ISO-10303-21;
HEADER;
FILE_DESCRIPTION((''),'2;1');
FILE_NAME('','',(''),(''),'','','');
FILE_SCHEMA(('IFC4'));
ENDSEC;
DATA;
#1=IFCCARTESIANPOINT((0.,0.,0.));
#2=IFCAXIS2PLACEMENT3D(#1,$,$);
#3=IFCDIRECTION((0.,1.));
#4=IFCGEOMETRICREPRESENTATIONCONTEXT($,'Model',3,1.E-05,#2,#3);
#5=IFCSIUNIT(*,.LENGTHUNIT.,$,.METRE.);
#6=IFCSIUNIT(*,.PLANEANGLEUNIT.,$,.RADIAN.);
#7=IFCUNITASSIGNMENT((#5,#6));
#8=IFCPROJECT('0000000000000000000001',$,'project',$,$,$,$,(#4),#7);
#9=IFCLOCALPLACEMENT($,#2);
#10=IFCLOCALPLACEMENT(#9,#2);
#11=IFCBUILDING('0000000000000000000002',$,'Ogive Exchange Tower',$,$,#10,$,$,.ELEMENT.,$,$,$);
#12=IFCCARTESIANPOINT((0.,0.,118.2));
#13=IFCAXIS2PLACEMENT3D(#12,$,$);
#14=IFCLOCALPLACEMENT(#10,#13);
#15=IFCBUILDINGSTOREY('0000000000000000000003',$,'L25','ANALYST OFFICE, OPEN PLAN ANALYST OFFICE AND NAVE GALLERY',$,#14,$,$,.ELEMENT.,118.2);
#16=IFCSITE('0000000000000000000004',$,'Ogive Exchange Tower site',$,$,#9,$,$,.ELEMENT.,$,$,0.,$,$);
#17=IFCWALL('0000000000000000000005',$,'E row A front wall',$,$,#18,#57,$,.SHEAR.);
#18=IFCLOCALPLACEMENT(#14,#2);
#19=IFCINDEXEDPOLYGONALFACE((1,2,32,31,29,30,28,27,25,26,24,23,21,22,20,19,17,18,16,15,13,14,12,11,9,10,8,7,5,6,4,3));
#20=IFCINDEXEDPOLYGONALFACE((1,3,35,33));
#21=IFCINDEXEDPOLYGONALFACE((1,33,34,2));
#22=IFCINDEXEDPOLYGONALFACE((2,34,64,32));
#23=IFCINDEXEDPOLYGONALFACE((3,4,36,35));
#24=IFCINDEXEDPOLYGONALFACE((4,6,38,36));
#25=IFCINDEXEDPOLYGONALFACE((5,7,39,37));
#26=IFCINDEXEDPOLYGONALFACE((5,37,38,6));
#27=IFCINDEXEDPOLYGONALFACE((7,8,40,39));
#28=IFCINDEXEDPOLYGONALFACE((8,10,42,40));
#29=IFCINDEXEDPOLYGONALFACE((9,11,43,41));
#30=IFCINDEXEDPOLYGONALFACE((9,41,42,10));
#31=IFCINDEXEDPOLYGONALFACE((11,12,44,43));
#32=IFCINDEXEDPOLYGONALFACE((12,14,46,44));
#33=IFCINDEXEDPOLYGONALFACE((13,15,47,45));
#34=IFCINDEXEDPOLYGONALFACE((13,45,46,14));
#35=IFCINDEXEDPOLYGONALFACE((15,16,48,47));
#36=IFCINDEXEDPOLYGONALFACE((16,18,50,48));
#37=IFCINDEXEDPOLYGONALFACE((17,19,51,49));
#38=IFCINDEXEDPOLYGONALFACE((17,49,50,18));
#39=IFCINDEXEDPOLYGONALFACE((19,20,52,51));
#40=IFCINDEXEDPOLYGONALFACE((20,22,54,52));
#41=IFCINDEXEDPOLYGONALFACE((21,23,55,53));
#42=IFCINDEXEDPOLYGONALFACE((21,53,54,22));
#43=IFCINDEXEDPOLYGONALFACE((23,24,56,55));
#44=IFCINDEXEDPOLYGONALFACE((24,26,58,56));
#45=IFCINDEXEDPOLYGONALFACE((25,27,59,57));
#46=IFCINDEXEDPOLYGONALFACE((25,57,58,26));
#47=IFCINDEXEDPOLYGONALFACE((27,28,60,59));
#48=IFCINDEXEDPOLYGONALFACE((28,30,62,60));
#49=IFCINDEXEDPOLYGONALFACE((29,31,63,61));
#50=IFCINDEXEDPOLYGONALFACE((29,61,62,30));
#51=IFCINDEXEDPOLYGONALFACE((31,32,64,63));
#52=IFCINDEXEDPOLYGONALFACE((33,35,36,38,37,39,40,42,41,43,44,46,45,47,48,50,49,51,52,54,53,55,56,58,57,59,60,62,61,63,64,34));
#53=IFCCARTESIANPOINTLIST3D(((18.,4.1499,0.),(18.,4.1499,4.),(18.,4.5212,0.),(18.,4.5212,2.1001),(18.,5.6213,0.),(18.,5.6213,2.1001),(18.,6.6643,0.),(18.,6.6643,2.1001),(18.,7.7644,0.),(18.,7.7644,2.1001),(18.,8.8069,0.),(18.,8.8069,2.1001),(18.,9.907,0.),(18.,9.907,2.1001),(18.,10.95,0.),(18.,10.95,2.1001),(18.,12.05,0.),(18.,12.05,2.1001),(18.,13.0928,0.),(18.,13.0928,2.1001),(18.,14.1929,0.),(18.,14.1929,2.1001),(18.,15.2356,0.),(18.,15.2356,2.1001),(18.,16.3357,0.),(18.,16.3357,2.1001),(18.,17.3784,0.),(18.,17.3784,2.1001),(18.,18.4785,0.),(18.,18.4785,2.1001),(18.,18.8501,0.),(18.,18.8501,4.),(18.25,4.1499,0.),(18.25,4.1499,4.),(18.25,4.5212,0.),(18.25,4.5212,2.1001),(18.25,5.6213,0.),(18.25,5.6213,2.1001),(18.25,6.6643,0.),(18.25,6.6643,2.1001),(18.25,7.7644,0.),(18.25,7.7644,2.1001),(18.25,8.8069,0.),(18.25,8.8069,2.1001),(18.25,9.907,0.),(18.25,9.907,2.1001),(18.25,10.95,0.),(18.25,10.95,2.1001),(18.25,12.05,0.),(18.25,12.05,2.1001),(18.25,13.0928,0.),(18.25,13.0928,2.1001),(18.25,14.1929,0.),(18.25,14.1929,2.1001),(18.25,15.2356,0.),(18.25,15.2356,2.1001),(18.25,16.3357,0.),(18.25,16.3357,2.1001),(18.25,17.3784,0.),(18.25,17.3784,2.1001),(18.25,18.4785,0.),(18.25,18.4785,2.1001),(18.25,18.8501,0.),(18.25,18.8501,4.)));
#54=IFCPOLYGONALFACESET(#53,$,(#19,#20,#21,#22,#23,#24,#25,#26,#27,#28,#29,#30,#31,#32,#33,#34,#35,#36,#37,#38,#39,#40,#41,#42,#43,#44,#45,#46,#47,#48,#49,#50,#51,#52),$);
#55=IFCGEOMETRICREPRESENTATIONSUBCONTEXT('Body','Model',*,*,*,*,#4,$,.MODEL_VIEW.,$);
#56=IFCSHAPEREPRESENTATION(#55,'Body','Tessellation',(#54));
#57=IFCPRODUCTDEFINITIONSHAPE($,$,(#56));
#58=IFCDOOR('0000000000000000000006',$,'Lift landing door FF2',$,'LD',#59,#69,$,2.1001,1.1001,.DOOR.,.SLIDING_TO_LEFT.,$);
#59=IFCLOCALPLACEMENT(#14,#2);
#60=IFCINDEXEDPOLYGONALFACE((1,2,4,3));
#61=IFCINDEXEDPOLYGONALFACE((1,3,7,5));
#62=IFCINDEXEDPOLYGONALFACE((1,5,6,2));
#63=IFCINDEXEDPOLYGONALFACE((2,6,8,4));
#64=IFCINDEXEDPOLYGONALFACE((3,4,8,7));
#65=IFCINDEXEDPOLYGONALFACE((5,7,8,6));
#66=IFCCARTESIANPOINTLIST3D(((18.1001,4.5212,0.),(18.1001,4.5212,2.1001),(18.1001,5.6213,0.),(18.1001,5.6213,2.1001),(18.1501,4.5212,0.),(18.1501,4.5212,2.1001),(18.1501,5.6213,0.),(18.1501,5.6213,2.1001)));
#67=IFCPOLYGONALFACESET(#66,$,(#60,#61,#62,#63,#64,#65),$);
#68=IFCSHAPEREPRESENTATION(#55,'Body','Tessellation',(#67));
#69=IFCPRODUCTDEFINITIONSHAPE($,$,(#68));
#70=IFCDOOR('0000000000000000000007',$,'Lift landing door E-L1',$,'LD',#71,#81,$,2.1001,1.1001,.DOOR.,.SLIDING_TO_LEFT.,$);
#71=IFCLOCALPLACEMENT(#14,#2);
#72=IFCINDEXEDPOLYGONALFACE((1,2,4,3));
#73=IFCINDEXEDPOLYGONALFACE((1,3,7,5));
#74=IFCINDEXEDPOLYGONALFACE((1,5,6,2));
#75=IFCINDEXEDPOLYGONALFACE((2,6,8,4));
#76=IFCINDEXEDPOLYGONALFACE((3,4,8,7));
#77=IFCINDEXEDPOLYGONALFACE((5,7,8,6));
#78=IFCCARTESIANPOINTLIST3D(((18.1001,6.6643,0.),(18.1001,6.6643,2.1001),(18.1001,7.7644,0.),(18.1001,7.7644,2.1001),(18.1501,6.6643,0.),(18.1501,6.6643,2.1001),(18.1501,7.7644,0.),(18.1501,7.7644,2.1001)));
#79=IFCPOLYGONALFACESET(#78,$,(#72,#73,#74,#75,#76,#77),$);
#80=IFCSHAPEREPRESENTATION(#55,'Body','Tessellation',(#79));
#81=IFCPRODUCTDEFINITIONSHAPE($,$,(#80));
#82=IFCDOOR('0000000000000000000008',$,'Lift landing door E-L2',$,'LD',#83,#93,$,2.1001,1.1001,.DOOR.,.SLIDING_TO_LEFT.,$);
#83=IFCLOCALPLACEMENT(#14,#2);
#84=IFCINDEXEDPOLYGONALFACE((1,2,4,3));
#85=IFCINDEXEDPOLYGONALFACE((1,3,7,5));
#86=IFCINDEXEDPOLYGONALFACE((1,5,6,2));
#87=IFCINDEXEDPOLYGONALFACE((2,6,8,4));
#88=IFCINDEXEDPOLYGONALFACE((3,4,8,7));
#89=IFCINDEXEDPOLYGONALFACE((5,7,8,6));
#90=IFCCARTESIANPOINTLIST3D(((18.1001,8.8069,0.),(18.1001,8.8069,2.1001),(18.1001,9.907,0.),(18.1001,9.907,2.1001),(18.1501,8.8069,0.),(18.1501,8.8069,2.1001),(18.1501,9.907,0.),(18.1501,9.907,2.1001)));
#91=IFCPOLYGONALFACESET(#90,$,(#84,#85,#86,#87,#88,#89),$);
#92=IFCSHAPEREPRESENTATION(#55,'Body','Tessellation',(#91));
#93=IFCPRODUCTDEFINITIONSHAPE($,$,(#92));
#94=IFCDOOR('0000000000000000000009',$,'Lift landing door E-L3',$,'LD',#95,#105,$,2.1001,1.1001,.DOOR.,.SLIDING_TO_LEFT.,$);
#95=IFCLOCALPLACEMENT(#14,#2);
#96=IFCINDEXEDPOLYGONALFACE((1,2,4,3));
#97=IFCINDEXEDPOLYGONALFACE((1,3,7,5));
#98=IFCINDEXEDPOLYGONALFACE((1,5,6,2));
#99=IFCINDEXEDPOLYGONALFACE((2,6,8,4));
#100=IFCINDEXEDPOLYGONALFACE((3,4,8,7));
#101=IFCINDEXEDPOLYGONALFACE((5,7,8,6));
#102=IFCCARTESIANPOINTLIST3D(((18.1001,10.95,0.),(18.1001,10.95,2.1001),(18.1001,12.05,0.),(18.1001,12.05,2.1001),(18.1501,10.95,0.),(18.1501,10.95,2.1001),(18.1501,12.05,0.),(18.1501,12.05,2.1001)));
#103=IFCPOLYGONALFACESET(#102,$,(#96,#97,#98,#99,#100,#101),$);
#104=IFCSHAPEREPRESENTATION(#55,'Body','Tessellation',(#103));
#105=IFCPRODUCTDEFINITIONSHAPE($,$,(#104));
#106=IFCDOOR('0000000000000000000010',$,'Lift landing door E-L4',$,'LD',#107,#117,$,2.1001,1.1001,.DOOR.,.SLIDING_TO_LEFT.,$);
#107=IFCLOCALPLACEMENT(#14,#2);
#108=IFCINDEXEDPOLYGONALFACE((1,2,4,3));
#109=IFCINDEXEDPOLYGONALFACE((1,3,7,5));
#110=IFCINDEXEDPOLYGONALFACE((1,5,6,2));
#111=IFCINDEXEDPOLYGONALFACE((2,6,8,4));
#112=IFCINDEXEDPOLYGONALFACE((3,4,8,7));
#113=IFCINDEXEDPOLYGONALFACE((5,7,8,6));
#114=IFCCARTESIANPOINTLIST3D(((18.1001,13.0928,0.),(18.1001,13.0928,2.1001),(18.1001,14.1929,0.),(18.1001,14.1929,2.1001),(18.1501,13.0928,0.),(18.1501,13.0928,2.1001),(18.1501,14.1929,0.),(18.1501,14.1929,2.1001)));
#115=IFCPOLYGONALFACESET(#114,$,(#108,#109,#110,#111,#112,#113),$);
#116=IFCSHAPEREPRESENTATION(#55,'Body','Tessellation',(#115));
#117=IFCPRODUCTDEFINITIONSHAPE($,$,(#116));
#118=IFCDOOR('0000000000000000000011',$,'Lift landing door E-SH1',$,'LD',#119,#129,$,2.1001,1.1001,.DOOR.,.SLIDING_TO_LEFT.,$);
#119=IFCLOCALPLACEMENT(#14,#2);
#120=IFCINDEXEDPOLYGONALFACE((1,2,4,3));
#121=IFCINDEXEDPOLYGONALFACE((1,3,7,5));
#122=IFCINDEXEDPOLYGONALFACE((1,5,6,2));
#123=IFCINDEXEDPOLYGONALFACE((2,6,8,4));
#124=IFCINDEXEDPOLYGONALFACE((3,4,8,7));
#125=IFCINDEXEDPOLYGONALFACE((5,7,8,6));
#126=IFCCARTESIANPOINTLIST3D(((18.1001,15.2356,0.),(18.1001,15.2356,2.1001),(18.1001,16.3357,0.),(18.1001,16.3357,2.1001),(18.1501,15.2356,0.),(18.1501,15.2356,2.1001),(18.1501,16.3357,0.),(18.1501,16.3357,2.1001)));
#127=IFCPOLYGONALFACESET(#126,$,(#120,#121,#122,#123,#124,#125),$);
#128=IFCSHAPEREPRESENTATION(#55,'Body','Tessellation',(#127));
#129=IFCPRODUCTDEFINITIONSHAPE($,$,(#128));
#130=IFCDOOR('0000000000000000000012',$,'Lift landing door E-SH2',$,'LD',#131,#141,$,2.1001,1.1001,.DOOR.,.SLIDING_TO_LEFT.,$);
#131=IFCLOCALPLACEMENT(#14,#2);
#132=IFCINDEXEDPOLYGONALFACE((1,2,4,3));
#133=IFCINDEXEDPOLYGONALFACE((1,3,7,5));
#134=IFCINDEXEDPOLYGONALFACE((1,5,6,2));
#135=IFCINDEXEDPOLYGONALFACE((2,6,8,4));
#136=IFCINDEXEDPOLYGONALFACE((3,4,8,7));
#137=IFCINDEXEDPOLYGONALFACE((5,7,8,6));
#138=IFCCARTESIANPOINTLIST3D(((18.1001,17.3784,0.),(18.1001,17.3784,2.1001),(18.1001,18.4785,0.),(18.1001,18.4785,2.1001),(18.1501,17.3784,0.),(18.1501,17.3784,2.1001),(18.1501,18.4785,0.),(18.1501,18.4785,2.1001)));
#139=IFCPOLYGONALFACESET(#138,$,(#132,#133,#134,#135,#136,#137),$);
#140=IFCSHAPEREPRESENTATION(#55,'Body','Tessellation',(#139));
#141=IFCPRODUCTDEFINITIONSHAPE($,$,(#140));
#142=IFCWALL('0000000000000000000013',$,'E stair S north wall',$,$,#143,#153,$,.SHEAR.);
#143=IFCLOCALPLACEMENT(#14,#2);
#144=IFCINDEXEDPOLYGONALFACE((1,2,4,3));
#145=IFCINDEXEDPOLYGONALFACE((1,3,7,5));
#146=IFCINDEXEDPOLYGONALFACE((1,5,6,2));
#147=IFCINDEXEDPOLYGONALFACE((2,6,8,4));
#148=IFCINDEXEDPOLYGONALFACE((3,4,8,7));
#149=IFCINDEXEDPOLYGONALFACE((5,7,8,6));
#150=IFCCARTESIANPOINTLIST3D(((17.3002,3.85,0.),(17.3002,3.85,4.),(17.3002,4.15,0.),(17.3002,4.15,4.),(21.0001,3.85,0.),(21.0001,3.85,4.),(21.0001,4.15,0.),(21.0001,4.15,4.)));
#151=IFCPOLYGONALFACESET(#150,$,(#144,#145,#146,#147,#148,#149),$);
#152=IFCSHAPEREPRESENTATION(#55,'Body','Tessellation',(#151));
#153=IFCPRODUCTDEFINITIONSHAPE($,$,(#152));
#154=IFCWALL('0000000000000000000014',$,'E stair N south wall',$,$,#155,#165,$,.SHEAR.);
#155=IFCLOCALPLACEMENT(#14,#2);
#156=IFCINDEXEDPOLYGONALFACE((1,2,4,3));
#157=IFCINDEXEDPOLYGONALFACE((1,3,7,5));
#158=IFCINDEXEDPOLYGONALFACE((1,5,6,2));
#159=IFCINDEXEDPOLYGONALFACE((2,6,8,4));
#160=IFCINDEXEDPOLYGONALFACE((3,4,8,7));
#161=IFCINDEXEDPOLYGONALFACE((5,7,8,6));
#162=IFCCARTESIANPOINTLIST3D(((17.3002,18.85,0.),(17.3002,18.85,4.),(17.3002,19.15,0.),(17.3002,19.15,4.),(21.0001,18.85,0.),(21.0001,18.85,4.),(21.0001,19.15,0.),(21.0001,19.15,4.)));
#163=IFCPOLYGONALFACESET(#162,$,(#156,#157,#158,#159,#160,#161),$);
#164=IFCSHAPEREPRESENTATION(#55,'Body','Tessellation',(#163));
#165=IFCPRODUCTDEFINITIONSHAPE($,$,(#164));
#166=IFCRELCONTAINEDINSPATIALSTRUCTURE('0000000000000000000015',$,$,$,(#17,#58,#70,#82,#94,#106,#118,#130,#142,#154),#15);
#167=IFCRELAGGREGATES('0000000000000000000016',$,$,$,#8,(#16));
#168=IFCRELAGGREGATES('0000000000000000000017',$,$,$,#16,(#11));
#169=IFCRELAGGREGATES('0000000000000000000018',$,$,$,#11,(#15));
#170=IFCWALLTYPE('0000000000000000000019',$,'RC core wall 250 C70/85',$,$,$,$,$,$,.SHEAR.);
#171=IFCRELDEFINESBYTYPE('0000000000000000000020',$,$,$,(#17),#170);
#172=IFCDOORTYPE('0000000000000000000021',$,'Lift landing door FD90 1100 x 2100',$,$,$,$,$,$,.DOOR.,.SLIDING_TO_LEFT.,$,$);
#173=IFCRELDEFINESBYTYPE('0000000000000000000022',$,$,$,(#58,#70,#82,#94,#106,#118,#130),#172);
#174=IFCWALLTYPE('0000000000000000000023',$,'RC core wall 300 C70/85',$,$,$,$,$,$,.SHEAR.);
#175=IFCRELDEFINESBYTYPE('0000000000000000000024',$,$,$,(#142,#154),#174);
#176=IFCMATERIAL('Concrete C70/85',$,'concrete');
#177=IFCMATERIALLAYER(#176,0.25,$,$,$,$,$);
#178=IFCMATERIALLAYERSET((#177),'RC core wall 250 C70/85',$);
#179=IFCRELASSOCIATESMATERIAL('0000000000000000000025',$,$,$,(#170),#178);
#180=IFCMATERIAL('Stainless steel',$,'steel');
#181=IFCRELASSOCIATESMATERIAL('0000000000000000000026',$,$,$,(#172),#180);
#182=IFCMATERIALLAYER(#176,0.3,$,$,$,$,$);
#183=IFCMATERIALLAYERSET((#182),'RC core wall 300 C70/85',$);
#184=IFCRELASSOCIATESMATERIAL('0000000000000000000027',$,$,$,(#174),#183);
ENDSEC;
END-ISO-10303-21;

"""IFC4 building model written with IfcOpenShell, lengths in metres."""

from ifc_helpers import new_model, si_unit, direction, frame, frame_2d, origin, place, context, subcontext, project, spatial, rectangle, extrude, material, layer, layer_set, type_object, element, fill, save


model = new_model("IFC4")

# Units and contexts
model_context = context("Model", 3, precision=1e-05, world=origin(), true_north=direction((0.0, 1.0)))
body_context = subcontext(model_context, "Body", "Model", "MODEL_VIEW")
ifc_project = project(units=[si_unit("LENGTHUNIT", "METRE"), si_unit("PLANEANGLEUNIT", "RADIAN")], contexts=[model_context])

# Site, building, storey
site_placement = place(None, origin())
site = spatial("IfcSite", under=ifc_project, at=site_placement, Name="Ogive Exchange Tower site", CompositionType="ELEMENT", RefElevation=0.0)
building_placement = place(site_placement, origin())
building = spatial("IfcBuilding", under=site, at=building_placement, Name="Ogive Exchange Tower", CompositionType="ELEMENT")
storey_placement = place(building_placement, frame((0.0, 0.0, 118.2)))
storey = spatial("IfcBuildingStorey", under=building, at=storey_placement, Name="L25", Description="ANALYST OFFICE, OPEN PLAN ANALYST OFFICE AND NAVE GALLERY", CompositionType="ELEMENT", Elevation=118.2)

# Shared definitions
ifc_material_1 = material(Name="Concrete C70/85", Category="concrete")
ifc_layer_1 = layer(ifc_material_1, 0.25)
ifc_layer_set_1 = layer_set([ifc_layer_1], Name="RC core wall 250 C70/85")
wall_type_1 = type_object("IfcWallType", Name="RC core wall 250 C70/85", PredefinedType="SHEAR", material=ifc_layer_set_1)

# Wall, openings, doors
wall_1_placement = place(storey_placement, frame((18.125, 4.1499, 0.0), z_axis=(0.0, 0.0, 1.0), x_axis=(0.0, 1.0, 0.0)))
wall_1 = element("IfcWall", 1, at=wall_1_placement, inside=storey, type_object=wall_type_1, Name="E row A front wall", PredefinedType="SHEAR", context=body_context, shape_type="SweptSolid", body=[
    extrude(rectangle(XDim=14.7002, YDim=0.25, at=frame_2d((7.3501, 0.0))), origin(), (0.0, 0.0, 1.0), 4.0),
])
opening_1_placement = place(wall_1_placement, frame((0.3713, 0.0, 0.0)))
opening_1 = element("IfcOpeningElement", 2, at=opening_1_placement, cuts=wall_1, PredefinedType="OPENING", context=body_context, shape_type="SweptSolid", body=[
    extrude(rectangle(XDim=1.1001, YDim=2.1001, at=frame_2d((0.55, 1.05))), frame((0.0, 0.135, 0.0), z_axis=(0.0, -1.0, 0.0), x_axis=(1.0, 0.0, 0.0)), (0.0, 0.0, 1.0), 0.27),
])
opening_2_placement = place(wall_1_placement, frame((2.5144, 0.0, 0.0)))
opening_2 = element("IfcOpeningElement", 3, at=opening_2_placement, cuts=wall_1, PredefinedType="OPENING", context=body_context, shape_type="SweptSolid", body=[
    extrude(rectangle(XDim=1.1001, YDim=2.1001, at=frame_2d((0.55, 1.05))), frame((0.0, 0.135, 0.0), z_axis=(0.0, -1.0, 0.0), x_axis=(1.0, 0.0, 0.0)), (0.0, 0.0, 1.0), 0.27),
])
opening_3_placement = place(wall_1_placement, frame((4.657, 0.0, 0.0)))
opening_3 = element("IfcOpeningElement", 4, at=opening_3_placement, cuts=wall_1, PredefinedType="OPENING", context=body_context, shape_type="SweptSolid", body=[
    extrude(rectangle(XDim=1.1001, YDim=2.1001, at=frame_2d((0.55, 1.05))), frame((0.0, 0.135, 0.0), z_axis=(0.0, -1.0, 0.0), x_axis=(1.0, 0.0, 0.0)), (0.0, 0.0, 1.0), 0.27),
])
opening_4_placement = place(wall_1_placement, frame((6.8, 0.0, 0.0)))
opening_4 = element("IfcOpeningElement", 5, at=opening_4_placement, cuts=wall_1, PredefinedType="OPENING", context=body_context, shape_type="SweptSolid", body=[
    extrude(rectangle(XDim=1.1001, YDim=2.1001, at=frame_2d((0.55, 1.05))), frame((0.0, 0.135, 0.0), z_axis=(0.0, -1.0, 0.0), x_axis=(1.0, 0.0, 0.0)), (0.0, 0.0, 1.0), 0.27),
])
opening_5_placement = place(wall_1_placement, frame((8.9429, 0.0, 0.0)))
opening_5 = element("IfcOpeningElement", 6, at=opening_5_placement, cuts=wall_1, PredefinedType="OPENING", context=body_context, shape_type="SweptSolid", body=[
    extrude(rectangle(XDim=1.1001, YDim=2.1001, at=frame_2d((0.55, 1.05))), frame((0.0, 0.135, 0.0), z_axis=(0.0, -1.0, 0.0), x_axis=(1.0, 0.0, 0.0)), (0.0, 0.0, 1.0), 0.27),
])
opening_6_placement = place(wall_1_placement, frame((11.0857, 0.0, 0.0)))
opening_6 = element("IfcOpeningElement", 7, at=opening_6_placement, cuts=wall_1, PredefinedType="OPENING", context=body_context, shape_type="SweptSolid", body=[
    extrude(rectangle(XDim=1.1001, YDim=2.1001, at=frame_2d((0.55, 1.05))), frame((0.0, 0.135, 0.0), z_axis=(0.0, -1.0, 0.0), x_axis=(1.0, 0.0, 0.0)), (0.0, 0.0, 1.0), 0.27),
])
opening_7_placement = place(wall_1_placement, frame((13.2285, 0.0, 0.0)))
opening_7 = element("IfcOpeningElement", 8, at=opening_7_placement, cuts=wall_1, PredefinedType="OPENING", context=body_context, shape_type="SweptSolid", body=[
    extrude(rectangle(XDim=1.1001, YDim=2.1001, at=frame_2d((0.55, 1.05))), frame((0.0, 0.135, 0.0), z_axis=(0.0, -1.0, 0.0), x_axis=(1.0, 0.0, 0.0)), (0.0, 0.0, 1.0), 0.27),
])
ifc_material_2 = material(Name="Stainless steel", Category="steel")
door_type_1 = type_object("IfcDoorType", Name="Lift landing door FD90 1100 x 2100", OperationType="SLIDING_TO_LEFT", PredefinedType="DOOR", material=ifc_material_2)
door_1_placement = place(opening_1_placement, origin())
door_1 = element("IfcDoor", 9, at=door_1_placement, inside=storey, type_object=door_type_1, Name="Lift landing door FF2", ObjectType="LD", OperationType="SLIDING_TO_LEFT", OverallHeight=2.1001, OverallWidth=1.1001, PredefinedType="DOOR", context=body_context, shape_type="SweptSolid", body=[
    extrude(rectangle(XDim=1.1001, YDim=2.1001, at=frame_2d((0.55, 1.05))), frame((0.0, 0.0249, 0.0), z_axis=(0.0, -1.0, 0.0), x_axis=(1.0, 0.0, 0.0)), (0.0, 0.0, 1.0), 0.05),
])
fill(opening_1, door_1)
door_2_placement = place(opening_2_placement, origin())
door_2 = element("IfcDoor", 10, at=door_2_placement, inside=storey, type_object=door_type_1, Name="Lift landing door E-L1", ObjectType="LD", OperationType="SLIDING_TO_LEFT", OverallHeight=2.1001, OverallWidth=1.1001, PredefinedType="DOOR", context=body_context, shape_type="SweptSolid", body=[
    extrude(rectangle(XDim=1.1001, YDim=2.1001, at=frame_2d((0.55, 1.05))), frame((0.0, 0.0249, 0.0), z_axis=(0.0, -1.0, 0.0), x_axis=(1.0, 0.0, 0.0)), (0.0, 0.0, 1.0), 0.05),
])
fill(opening_2, door_2)
door_3_placement = place(opening_3_placement, origin())
door_3 = element("IfcDoor", 11, at=door_3_placement, inside=storey, type_object=door_type_1, Name="Lift landing door E-L2", ObjectType="LD", OperationType="SLIDING_TO_LEFT", OverallHeight=2.1001, OverallWidth=1.1001, PredefinedType="DOOR", context=body_context, shape_type="SweptSolid", body=[
    extrude(rectangle(XDim=1.1001, YDim=2.1001, at=frame_2d((0.55, 1.05))), frame((0.0, 0.0249, 0.0), z_axis=(0.0, -1.0, 0.0), x_axis=(1.0, 0.0, 0.0)), (0.0, 0.0, 1.0), 0.05),
])
fill(opening_3, door_3)
door_4_placement = place(opening_4_placement, origin())
door_4 = element("IfcDoor", 12, at=door_4_placement, inside=storey, type_object=door_type_1, Name="Lift landing door E-L3", ObjectType="LD", OperationType="SLIDING_TO_LEFT", OverallHeight=2.1001, OverallWidth=1.1001, PredefinedType="DOOR", context=body_context, shape_type="SweptSolid", body=[
    extrude(rectangle(XDim=1.1001, YDim=2.1001, at=frame_2d((0.55, 1.05))), frame((0.0, 0.0249, 0.0), z_axis=(0.0, -1.0, 0.0), x_axis=(1.0, 0.0, 0.0)), (0.0, 0.0, 1.0), 0.05),
])
fill(opening_4, door_4)
door_5_placement = place(opening_5_placement, origin())
door_5 = element("IfcDoor", 13, at=door_5_placement, inside=storey, type_object=door_type_1, Name="Lift landing door E-L4", ObjectType="LD", OperationType="SLIDING_TO_LEFT", OverallHeight=2.1001, OverallWidth=1.1001, PredefinedType="DOOR", context=body_context, shape_type="SweptSolid", body=[
    extrude(rectangle(XDim=1.1001, YDim=2.1001, at=frame_2d((0.55, 1.05))), frame((0.0, 0.0249, 0.0), z_axis=(0.0, -1.0, 0.0), x_axis=(1.0, 0.0, 0.0)), (0.0, 0.0, 1.0), 0.05),
])
fill(opening_5, door_5)
door_6_placement = place(opening_6_placement, origin())
door_6 = element("IfcDoor", 14, at=door_6_placement, inside=storey, type_object=door_type_1, Name="Lift landing door E-SH1", ObjectType="LD", OperationType="SLIDING_TO_LEFT", OverallHeight=2.1001, OverallWidth=1.1001, PredefinedType="DOOR", context=body_context, shape_type="SweptSolid", body=[
    extrude(rectangle(XDim=1.1001, YDim=2.1001, at=frame_2d((0.55, 1.05))), frame((0.0, 0.0249, 0.0), z_axis=(0.0, -1.0, 0.0), x_axis=(1.0, 0.0, 0.0)), (0.0, 0.0, 1.0), 0.05),
])
fill(opening_6, door_6)
door_7_placement = place(opening_7_placement, origin())
door_7 = element("IfcDoor", 15, at=door_7_placement, inside=storey, type_object=door_type_1, Name="Lift landing door E-SH2", ObjectType="LD", OperationType="SLIDING_TO_LEFT", OverallHeight=2.1001, OverallWidth=1.1001, PredefinedType="DOOR", context=body_context, shape_type="SweptSolid", body=[
    extrude(rectangle(XDim=1.1001, YDim=2.1001, at=frame_2d((0.55, 1.05))), frame((0.0, 0.0249, 0.0), z_axis=(0.0, -1.0, 0.0), x_axis=(1.0, 0.0, 0.0)), (0.0, 0.0, 1.0), 0.05),
])
fill(opening_7, door_7)

# Walls
ifc_layer_2 = layer(ifc_material_1, 0.3)
ifc_layer_set_2 = layer_set([ifc_layer_2], Name="RC core wall 300 C70/85")
wall_type_2 = type_object("IfcWallType", Name="RC core wall 300 C70/85", PredefinedType="SHEAR", material=ifc_layer_set_2)
for number, where, z_axis, x_axis, name in (
    (16, (17.3, 4.0, 0.0), (0.0, 0.0, 1.0), (1.0, 0.0, 0.0), "E stair S north wall"),
    (17, (17.3, 19.0, 0.0), (0.0, 0.0, 1.0), (1.0, 0.0, 0.0), "E stair N south wall"),
):
    element("IfcWall", number, at=place(storey_placement, frame(where, z_axis=z_axis, x_axis=x_axis)), inside=storey, type_object=wall_type_2, Name=name, PredefinedType="SHEAR", context=body_context, shape_type="SweptSolid", body=[
        extrude(rectangle(XDim=3.7, YDim=0.3, at=frame_2d((1.8501, 0.0))), origin(), (0.0, 0.0, 1.0), 4.0),
    ])

save(model, "model.ifc")
